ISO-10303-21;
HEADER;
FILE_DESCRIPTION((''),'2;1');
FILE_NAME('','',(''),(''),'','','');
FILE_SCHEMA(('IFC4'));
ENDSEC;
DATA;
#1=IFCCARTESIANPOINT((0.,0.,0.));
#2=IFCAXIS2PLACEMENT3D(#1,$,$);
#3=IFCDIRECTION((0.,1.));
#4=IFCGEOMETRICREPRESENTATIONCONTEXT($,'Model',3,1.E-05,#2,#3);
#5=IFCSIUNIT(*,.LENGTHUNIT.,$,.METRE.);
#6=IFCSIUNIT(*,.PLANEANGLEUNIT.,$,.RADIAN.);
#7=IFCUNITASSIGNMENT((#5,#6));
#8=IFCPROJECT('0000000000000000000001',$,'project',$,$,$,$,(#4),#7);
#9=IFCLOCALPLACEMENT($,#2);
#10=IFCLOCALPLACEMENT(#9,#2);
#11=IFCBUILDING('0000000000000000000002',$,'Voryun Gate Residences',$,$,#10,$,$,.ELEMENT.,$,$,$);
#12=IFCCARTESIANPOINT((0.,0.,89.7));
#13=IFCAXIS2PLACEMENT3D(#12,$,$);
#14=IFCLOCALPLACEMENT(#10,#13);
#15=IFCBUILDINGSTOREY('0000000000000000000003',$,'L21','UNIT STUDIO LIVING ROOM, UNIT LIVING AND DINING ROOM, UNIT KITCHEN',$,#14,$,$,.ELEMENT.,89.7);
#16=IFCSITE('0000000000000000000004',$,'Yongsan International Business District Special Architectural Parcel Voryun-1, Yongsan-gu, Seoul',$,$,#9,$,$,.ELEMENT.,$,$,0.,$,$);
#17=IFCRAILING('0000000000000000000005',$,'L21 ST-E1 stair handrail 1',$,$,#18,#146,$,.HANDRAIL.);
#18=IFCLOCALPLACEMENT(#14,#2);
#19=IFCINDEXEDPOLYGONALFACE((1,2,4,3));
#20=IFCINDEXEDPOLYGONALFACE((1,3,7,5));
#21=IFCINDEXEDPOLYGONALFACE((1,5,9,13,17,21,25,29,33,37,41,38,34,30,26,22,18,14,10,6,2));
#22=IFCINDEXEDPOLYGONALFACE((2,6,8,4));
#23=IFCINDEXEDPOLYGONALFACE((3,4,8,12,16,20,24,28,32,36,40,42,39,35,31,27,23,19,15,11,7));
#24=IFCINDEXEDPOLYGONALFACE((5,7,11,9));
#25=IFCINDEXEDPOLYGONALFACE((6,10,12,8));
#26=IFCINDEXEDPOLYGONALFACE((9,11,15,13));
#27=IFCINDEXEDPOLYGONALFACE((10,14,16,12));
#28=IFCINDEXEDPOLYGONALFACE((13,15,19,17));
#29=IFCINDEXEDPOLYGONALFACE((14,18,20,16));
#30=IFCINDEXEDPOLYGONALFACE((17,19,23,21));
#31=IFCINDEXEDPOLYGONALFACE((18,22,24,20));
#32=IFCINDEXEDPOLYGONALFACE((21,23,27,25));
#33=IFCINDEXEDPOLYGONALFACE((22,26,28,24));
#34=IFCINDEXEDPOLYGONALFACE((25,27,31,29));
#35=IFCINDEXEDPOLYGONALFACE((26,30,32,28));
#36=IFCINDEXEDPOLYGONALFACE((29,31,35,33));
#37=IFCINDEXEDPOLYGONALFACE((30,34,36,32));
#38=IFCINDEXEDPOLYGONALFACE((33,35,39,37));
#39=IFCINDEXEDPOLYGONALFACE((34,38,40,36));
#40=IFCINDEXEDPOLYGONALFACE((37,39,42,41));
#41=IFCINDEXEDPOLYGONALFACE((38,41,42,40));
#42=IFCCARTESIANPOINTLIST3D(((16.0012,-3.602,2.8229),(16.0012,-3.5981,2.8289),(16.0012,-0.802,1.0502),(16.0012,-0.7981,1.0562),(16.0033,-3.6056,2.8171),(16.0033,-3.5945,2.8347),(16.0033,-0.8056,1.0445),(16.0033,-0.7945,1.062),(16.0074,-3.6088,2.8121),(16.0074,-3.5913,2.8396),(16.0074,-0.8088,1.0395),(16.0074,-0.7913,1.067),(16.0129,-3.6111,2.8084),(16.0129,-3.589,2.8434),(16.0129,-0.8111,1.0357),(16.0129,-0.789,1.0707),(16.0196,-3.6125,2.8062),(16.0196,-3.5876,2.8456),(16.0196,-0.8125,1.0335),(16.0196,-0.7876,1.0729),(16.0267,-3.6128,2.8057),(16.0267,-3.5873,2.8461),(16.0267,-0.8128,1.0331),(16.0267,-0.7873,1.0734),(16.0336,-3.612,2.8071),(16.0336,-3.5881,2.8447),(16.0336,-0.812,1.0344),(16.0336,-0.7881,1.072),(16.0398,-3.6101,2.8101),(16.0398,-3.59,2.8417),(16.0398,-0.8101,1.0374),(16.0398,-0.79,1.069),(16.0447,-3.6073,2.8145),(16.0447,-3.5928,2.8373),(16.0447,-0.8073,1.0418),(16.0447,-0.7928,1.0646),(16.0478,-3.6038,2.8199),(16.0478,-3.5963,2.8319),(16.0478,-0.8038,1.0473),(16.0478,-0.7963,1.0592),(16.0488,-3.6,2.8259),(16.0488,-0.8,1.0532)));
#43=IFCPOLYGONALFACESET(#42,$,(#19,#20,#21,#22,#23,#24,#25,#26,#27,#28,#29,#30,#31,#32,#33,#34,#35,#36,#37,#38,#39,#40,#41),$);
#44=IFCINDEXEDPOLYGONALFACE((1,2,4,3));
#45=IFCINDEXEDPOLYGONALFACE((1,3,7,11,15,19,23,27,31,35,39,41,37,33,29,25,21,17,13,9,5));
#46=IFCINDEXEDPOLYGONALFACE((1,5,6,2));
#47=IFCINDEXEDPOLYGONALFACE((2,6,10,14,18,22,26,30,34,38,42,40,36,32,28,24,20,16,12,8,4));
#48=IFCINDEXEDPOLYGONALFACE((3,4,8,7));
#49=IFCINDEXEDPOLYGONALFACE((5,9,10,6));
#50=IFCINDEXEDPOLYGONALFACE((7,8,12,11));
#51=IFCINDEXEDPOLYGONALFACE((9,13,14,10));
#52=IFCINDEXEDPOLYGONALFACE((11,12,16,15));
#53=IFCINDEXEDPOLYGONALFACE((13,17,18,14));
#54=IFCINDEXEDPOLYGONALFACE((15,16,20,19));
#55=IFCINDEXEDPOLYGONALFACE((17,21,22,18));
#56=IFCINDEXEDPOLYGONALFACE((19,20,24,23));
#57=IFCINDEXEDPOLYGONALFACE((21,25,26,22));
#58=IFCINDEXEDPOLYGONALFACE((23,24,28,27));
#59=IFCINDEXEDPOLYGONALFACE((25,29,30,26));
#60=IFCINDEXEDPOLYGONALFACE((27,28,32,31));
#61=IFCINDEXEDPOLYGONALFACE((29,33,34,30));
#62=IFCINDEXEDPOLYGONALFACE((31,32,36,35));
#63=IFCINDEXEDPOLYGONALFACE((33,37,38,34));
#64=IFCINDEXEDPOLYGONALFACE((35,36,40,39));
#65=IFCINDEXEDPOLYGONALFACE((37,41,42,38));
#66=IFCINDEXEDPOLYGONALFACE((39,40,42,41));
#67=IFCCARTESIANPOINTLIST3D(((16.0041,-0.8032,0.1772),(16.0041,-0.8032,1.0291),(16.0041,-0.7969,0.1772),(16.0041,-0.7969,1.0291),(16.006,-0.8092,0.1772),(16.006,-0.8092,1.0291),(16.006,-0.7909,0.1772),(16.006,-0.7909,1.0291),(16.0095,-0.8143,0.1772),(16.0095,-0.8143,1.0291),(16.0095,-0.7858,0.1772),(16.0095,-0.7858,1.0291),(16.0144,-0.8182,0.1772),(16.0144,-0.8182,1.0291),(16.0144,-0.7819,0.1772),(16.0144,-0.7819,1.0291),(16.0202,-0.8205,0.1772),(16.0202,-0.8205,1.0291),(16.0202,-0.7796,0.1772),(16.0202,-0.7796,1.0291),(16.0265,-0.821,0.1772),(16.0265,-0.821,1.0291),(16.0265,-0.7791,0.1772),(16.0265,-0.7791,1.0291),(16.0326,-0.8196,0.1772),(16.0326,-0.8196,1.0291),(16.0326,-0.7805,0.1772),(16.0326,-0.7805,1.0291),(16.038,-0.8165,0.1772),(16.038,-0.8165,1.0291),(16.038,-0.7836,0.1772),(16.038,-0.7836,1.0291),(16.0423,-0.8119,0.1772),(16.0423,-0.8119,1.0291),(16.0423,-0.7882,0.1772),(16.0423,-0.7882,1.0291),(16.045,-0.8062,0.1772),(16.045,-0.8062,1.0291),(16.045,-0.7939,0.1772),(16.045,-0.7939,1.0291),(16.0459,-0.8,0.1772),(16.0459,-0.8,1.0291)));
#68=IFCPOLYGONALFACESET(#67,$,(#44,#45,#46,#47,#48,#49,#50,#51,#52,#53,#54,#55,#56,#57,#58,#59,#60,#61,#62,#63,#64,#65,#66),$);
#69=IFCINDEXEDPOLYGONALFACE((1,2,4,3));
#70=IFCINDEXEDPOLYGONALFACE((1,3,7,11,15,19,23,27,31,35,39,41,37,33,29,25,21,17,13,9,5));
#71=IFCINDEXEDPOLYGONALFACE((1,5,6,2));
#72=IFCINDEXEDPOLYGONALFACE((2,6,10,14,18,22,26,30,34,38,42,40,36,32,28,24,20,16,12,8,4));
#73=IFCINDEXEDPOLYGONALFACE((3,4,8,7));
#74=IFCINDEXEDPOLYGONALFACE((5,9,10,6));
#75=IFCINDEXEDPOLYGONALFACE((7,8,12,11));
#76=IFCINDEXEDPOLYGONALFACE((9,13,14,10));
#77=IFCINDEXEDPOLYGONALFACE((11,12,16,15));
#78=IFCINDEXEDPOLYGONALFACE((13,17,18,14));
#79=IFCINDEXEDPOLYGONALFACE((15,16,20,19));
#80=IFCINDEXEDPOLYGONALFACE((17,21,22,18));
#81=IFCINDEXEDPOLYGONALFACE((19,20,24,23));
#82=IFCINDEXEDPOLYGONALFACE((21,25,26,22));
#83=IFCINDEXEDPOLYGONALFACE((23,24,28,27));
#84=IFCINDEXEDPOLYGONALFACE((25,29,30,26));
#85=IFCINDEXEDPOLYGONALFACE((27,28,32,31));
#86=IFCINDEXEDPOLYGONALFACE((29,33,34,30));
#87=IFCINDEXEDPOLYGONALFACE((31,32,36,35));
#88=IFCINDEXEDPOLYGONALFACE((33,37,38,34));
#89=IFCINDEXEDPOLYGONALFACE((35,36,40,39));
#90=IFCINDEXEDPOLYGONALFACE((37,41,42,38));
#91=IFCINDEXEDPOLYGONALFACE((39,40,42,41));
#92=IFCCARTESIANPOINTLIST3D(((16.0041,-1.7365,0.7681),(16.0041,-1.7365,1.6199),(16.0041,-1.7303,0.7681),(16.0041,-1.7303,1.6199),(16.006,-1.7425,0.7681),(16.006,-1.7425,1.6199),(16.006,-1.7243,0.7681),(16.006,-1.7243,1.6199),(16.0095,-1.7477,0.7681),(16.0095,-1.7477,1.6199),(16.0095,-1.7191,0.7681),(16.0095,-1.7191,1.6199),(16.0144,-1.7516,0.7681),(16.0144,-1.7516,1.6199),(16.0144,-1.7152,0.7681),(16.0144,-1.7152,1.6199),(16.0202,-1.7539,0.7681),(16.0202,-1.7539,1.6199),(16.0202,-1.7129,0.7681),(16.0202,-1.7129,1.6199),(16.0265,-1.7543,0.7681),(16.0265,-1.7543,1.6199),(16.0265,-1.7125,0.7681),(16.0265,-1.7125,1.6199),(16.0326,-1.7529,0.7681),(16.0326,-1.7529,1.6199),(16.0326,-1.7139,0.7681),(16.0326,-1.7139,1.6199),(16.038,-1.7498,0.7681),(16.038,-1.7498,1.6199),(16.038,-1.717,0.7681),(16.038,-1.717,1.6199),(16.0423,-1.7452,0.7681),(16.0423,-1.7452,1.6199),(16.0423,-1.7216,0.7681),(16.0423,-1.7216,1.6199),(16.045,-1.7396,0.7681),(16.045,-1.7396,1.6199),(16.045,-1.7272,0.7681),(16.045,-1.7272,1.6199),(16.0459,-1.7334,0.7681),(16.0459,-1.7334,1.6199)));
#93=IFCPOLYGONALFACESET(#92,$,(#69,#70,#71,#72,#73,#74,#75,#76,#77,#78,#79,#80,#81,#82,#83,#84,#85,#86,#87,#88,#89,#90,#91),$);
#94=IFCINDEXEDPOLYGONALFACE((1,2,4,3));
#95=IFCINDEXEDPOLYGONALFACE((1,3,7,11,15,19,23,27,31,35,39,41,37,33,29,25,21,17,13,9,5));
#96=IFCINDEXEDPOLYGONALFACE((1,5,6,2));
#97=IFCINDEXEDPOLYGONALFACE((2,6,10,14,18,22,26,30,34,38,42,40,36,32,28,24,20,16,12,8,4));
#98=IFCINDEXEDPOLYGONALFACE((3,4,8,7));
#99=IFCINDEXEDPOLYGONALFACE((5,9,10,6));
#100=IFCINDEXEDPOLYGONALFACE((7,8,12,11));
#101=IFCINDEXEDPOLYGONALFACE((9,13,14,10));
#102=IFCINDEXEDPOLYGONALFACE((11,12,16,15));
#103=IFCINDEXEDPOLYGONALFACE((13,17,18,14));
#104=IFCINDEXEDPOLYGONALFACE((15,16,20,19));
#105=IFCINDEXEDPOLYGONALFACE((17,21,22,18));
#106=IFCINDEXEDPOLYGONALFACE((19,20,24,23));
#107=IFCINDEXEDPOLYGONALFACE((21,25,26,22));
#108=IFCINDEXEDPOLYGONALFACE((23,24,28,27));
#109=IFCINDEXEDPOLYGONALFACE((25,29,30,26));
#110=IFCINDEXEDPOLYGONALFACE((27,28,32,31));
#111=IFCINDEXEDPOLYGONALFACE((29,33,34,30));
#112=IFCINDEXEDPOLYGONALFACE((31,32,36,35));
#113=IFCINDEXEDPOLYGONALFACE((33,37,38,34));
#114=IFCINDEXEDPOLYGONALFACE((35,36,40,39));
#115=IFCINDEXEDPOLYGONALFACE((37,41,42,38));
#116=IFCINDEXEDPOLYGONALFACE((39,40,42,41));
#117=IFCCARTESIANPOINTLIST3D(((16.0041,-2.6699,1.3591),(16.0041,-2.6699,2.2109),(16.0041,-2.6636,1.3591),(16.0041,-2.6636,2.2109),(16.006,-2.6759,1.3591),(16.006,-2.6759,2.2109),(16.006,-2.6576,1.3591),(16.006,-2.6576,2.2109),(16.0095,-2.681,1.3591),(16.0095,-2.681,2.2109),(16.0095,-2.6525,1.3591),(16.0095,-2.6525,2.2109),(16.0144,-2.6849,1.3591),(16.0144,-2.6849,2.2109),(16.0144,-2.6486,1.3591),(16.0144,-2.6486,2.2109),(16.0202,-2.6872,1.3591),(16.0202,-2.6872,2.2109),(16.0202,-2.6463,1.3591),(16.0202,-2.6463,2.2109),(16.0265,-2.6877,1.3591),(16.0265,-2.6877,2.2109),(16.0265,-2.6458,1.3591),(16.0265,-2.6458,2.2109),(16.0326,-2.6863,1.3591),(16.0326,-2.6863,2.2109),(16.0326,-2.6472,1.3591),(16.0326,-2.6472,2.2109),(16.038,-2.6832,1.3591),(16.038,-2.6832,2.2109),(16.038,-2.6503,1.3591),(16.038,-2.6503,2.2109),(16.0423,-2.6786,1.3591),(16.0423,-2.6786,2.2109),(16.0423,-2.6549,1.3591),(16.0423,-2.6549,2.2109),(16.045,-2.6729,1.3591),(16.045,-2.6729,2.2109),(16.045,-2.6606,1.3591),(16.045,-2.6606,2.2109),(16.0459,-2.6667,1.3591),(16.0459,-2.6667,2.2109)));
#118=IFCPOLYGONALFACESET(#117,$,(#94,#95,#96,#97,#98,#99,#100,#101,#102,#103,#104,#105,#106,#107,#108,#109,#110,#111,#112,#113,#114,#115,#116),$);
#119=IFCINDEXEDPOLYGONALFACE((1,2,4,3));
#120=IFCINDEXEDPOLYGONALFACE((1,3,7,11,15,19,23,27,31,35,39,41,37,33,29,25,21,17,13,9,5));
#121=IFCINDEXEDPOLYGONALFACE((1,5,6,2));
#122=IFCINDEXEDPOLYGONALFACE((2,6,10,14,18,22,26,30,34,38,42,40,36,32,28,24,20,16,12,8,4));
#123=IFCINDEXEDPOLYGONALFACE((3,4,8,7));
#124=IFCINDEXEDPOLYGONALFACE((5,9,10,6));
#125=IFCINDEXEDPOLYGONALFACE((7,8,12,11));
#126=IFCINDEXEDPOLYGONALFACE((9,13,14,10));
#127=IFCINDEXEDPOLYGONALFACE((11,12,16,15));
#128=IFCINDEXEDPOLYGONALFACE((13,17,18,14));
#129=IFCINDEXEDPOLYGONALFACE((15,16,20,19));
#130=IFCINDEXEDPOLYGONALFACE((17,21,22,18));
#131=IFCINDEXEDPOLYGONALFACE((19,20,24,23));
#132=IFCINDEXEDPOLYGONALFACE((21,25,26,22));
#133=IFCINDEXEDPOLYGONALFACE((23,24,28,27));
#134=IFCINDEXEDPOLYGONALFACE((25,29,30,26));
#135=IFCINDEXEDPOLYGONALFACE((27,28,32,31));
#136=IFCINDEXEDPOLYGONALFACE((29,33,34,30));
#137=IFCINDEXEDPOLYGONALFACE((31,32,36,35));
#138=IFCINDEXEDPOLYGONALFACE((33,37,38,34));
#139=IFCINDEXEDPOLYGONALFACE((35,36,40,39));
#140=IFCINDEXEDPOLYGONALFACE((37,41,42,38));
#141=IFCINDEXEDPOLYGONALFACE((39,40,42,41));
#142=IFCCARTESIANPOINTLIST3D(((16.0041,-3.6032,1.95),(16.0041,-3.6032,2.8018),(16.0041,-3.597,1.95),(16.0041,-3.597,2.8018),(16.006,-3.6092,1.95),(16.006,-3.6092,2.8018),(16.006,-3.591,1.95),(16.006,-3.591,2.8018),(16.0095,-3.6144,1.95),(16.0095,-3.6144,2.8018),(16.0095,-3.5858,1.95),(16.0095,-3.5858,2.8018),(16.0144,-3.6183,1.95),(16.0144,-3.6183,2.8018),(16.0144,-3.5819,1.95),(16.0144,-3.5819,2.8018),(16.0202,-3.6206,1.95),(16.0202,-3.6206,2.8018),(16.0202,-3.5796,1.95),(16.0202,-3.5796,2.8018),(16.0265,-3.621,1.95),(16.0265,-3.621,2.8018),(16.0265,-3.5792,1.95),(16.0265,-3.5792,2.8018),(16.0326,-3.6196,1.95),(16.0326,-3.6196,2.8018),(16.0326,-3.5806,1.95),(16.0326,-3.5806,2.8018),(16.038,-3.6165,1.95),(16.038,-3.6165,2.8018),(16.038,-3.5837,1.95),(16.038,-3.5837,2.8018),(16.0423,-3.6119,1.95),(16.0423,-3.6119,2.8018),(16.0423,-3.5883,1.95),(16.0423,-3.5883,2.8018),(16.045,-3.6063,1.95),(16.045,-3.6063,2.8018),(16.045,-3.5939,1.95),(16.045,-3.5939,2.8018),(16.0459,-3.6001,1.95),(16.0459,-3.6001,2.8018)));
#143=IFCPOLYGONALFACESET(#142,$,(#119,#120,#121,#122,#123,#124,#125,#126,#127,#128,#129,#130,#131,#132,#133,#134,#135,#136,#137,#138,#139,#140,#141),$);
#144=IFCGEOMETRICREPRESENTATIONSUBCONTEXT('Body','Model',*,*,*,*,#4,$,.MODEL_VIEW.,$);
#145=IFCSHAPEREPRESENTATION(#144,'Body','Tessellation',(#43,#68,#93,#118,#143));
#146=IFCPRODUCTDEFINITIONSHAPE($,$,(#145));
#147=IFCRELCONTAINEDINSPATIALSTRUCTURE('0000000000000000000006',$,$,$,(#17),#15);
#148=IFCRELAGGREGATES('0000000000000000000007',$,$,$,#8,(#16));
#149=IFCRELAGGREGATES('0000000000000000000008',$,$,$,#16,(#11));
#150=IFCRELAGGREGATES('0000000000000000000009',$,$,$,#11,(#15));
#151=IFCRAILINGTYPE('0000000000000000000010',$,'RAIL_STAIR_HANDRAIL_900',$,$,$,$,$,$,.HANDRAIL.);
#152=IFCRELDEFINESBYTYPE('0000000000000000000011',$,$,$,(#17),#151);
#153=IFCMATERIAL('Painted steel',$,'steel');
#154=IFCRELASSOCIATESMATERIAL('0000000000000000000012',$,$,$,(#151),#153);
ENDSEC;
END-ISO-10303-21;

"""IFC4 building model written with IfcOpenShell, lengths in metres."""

from ifc_helpers import new_model, si_unit, direction, frame, origin, origin_2d, place, context, subcontext, project, spatial, circle, extrude, material, type_object, element, save


model = new_model("IFC4")

# Units and contexts
model_context = context("Model", 3, precision=1e-05, world=origin(), true_north=direction((0.0, 1.0)))
body_context = subcontext(model_context, "Body", "Model", "MODEL_VIEW")
ifc_project = project(units=[si_unit("LENGTHUNIT", "METRE"), si_unit("PLANEANGLEUNIT", "RADIAN")], contexts=[model_context])

# Site, building, storey
site_placement = place(None, origin())
site = spatial("IfcSite", under=ifc_project, at=site_placement, Name="Yongsan International Business District Special Architectural Parcel Voryun-1, Yongsan-gu, Seoul", CompositionType="ELEMENT", RefElevation=0.0)
building_placement = place(site_placement, origin())
building = spatial("IfcBuilding", under=site, at=building_placement, Name="Voryun Gate Residences", CompositionType="ELEMENT")
storey_placement = place(building_placement, frame((0.0, 0.0, 89.7)))
storey = spatial("IfcBuildingStorey", under=building, at=storey_placement, Name="L21", Description="UNIT STUDIO LIVING ROOM, UNIT LIVING AND DINING ROOM, UNIT KITCHEN", CompositionType="ELEMENT", Elevation=89.7)

# Railing
ifc_material_1 = material(Name="Painted steel", Category="steel")
railing_type_1 = type_object("IfcRailingType", Name="RAIL_STAIR_HANDRAIL_900", PredefinedType="HANDRAIL", material=ifc_material_1)
railing_1_placement = place(storey_placement, frame((16.0249, -0.8, 0.1772)))
element("IfcRailing", 1, at=railing_1_placement, inside=storey, type_object=railing_type_1, Name="L21 ST-E1 stair handrail 1", PredefinedType="HANDRAIL", context=body_context, shape_type="SweptSolid", body=[
    extrude(circle(Radius=0.0239, at=origin_2d()), frame((0.0, 0.0, 0.876), z_axis=(0.0, -0.844909, 0.53491), x_axis=(1.0, 0.0, 0.0)), (0.0, 0.0, 1.0), 3.314),
    extrude(circle(Radius=0.021, at=origin_2d()), origin(), (0.0, 0.0, 1.0), 0.8518),
    extrude(circle(Radius=0.021, at=origin_2d()), frame((0.0, -0.9333, 0.5908)), (0.0, 0.0, 1.0), 0.8518),
    extrude(circle(Radius=0.021, at=origin_2d()), frame((0.0, -1.8667, 1.1819)), (0.0, 0.0, 1.0), 0.8518),
    extrude(circle(Radius=0.021, at=origin_2d()), frame((0.0, -2.8, 1.7727)), (0.0, 0.0, 1.0), 0.8518),
])

save(model, "model.ifc")
